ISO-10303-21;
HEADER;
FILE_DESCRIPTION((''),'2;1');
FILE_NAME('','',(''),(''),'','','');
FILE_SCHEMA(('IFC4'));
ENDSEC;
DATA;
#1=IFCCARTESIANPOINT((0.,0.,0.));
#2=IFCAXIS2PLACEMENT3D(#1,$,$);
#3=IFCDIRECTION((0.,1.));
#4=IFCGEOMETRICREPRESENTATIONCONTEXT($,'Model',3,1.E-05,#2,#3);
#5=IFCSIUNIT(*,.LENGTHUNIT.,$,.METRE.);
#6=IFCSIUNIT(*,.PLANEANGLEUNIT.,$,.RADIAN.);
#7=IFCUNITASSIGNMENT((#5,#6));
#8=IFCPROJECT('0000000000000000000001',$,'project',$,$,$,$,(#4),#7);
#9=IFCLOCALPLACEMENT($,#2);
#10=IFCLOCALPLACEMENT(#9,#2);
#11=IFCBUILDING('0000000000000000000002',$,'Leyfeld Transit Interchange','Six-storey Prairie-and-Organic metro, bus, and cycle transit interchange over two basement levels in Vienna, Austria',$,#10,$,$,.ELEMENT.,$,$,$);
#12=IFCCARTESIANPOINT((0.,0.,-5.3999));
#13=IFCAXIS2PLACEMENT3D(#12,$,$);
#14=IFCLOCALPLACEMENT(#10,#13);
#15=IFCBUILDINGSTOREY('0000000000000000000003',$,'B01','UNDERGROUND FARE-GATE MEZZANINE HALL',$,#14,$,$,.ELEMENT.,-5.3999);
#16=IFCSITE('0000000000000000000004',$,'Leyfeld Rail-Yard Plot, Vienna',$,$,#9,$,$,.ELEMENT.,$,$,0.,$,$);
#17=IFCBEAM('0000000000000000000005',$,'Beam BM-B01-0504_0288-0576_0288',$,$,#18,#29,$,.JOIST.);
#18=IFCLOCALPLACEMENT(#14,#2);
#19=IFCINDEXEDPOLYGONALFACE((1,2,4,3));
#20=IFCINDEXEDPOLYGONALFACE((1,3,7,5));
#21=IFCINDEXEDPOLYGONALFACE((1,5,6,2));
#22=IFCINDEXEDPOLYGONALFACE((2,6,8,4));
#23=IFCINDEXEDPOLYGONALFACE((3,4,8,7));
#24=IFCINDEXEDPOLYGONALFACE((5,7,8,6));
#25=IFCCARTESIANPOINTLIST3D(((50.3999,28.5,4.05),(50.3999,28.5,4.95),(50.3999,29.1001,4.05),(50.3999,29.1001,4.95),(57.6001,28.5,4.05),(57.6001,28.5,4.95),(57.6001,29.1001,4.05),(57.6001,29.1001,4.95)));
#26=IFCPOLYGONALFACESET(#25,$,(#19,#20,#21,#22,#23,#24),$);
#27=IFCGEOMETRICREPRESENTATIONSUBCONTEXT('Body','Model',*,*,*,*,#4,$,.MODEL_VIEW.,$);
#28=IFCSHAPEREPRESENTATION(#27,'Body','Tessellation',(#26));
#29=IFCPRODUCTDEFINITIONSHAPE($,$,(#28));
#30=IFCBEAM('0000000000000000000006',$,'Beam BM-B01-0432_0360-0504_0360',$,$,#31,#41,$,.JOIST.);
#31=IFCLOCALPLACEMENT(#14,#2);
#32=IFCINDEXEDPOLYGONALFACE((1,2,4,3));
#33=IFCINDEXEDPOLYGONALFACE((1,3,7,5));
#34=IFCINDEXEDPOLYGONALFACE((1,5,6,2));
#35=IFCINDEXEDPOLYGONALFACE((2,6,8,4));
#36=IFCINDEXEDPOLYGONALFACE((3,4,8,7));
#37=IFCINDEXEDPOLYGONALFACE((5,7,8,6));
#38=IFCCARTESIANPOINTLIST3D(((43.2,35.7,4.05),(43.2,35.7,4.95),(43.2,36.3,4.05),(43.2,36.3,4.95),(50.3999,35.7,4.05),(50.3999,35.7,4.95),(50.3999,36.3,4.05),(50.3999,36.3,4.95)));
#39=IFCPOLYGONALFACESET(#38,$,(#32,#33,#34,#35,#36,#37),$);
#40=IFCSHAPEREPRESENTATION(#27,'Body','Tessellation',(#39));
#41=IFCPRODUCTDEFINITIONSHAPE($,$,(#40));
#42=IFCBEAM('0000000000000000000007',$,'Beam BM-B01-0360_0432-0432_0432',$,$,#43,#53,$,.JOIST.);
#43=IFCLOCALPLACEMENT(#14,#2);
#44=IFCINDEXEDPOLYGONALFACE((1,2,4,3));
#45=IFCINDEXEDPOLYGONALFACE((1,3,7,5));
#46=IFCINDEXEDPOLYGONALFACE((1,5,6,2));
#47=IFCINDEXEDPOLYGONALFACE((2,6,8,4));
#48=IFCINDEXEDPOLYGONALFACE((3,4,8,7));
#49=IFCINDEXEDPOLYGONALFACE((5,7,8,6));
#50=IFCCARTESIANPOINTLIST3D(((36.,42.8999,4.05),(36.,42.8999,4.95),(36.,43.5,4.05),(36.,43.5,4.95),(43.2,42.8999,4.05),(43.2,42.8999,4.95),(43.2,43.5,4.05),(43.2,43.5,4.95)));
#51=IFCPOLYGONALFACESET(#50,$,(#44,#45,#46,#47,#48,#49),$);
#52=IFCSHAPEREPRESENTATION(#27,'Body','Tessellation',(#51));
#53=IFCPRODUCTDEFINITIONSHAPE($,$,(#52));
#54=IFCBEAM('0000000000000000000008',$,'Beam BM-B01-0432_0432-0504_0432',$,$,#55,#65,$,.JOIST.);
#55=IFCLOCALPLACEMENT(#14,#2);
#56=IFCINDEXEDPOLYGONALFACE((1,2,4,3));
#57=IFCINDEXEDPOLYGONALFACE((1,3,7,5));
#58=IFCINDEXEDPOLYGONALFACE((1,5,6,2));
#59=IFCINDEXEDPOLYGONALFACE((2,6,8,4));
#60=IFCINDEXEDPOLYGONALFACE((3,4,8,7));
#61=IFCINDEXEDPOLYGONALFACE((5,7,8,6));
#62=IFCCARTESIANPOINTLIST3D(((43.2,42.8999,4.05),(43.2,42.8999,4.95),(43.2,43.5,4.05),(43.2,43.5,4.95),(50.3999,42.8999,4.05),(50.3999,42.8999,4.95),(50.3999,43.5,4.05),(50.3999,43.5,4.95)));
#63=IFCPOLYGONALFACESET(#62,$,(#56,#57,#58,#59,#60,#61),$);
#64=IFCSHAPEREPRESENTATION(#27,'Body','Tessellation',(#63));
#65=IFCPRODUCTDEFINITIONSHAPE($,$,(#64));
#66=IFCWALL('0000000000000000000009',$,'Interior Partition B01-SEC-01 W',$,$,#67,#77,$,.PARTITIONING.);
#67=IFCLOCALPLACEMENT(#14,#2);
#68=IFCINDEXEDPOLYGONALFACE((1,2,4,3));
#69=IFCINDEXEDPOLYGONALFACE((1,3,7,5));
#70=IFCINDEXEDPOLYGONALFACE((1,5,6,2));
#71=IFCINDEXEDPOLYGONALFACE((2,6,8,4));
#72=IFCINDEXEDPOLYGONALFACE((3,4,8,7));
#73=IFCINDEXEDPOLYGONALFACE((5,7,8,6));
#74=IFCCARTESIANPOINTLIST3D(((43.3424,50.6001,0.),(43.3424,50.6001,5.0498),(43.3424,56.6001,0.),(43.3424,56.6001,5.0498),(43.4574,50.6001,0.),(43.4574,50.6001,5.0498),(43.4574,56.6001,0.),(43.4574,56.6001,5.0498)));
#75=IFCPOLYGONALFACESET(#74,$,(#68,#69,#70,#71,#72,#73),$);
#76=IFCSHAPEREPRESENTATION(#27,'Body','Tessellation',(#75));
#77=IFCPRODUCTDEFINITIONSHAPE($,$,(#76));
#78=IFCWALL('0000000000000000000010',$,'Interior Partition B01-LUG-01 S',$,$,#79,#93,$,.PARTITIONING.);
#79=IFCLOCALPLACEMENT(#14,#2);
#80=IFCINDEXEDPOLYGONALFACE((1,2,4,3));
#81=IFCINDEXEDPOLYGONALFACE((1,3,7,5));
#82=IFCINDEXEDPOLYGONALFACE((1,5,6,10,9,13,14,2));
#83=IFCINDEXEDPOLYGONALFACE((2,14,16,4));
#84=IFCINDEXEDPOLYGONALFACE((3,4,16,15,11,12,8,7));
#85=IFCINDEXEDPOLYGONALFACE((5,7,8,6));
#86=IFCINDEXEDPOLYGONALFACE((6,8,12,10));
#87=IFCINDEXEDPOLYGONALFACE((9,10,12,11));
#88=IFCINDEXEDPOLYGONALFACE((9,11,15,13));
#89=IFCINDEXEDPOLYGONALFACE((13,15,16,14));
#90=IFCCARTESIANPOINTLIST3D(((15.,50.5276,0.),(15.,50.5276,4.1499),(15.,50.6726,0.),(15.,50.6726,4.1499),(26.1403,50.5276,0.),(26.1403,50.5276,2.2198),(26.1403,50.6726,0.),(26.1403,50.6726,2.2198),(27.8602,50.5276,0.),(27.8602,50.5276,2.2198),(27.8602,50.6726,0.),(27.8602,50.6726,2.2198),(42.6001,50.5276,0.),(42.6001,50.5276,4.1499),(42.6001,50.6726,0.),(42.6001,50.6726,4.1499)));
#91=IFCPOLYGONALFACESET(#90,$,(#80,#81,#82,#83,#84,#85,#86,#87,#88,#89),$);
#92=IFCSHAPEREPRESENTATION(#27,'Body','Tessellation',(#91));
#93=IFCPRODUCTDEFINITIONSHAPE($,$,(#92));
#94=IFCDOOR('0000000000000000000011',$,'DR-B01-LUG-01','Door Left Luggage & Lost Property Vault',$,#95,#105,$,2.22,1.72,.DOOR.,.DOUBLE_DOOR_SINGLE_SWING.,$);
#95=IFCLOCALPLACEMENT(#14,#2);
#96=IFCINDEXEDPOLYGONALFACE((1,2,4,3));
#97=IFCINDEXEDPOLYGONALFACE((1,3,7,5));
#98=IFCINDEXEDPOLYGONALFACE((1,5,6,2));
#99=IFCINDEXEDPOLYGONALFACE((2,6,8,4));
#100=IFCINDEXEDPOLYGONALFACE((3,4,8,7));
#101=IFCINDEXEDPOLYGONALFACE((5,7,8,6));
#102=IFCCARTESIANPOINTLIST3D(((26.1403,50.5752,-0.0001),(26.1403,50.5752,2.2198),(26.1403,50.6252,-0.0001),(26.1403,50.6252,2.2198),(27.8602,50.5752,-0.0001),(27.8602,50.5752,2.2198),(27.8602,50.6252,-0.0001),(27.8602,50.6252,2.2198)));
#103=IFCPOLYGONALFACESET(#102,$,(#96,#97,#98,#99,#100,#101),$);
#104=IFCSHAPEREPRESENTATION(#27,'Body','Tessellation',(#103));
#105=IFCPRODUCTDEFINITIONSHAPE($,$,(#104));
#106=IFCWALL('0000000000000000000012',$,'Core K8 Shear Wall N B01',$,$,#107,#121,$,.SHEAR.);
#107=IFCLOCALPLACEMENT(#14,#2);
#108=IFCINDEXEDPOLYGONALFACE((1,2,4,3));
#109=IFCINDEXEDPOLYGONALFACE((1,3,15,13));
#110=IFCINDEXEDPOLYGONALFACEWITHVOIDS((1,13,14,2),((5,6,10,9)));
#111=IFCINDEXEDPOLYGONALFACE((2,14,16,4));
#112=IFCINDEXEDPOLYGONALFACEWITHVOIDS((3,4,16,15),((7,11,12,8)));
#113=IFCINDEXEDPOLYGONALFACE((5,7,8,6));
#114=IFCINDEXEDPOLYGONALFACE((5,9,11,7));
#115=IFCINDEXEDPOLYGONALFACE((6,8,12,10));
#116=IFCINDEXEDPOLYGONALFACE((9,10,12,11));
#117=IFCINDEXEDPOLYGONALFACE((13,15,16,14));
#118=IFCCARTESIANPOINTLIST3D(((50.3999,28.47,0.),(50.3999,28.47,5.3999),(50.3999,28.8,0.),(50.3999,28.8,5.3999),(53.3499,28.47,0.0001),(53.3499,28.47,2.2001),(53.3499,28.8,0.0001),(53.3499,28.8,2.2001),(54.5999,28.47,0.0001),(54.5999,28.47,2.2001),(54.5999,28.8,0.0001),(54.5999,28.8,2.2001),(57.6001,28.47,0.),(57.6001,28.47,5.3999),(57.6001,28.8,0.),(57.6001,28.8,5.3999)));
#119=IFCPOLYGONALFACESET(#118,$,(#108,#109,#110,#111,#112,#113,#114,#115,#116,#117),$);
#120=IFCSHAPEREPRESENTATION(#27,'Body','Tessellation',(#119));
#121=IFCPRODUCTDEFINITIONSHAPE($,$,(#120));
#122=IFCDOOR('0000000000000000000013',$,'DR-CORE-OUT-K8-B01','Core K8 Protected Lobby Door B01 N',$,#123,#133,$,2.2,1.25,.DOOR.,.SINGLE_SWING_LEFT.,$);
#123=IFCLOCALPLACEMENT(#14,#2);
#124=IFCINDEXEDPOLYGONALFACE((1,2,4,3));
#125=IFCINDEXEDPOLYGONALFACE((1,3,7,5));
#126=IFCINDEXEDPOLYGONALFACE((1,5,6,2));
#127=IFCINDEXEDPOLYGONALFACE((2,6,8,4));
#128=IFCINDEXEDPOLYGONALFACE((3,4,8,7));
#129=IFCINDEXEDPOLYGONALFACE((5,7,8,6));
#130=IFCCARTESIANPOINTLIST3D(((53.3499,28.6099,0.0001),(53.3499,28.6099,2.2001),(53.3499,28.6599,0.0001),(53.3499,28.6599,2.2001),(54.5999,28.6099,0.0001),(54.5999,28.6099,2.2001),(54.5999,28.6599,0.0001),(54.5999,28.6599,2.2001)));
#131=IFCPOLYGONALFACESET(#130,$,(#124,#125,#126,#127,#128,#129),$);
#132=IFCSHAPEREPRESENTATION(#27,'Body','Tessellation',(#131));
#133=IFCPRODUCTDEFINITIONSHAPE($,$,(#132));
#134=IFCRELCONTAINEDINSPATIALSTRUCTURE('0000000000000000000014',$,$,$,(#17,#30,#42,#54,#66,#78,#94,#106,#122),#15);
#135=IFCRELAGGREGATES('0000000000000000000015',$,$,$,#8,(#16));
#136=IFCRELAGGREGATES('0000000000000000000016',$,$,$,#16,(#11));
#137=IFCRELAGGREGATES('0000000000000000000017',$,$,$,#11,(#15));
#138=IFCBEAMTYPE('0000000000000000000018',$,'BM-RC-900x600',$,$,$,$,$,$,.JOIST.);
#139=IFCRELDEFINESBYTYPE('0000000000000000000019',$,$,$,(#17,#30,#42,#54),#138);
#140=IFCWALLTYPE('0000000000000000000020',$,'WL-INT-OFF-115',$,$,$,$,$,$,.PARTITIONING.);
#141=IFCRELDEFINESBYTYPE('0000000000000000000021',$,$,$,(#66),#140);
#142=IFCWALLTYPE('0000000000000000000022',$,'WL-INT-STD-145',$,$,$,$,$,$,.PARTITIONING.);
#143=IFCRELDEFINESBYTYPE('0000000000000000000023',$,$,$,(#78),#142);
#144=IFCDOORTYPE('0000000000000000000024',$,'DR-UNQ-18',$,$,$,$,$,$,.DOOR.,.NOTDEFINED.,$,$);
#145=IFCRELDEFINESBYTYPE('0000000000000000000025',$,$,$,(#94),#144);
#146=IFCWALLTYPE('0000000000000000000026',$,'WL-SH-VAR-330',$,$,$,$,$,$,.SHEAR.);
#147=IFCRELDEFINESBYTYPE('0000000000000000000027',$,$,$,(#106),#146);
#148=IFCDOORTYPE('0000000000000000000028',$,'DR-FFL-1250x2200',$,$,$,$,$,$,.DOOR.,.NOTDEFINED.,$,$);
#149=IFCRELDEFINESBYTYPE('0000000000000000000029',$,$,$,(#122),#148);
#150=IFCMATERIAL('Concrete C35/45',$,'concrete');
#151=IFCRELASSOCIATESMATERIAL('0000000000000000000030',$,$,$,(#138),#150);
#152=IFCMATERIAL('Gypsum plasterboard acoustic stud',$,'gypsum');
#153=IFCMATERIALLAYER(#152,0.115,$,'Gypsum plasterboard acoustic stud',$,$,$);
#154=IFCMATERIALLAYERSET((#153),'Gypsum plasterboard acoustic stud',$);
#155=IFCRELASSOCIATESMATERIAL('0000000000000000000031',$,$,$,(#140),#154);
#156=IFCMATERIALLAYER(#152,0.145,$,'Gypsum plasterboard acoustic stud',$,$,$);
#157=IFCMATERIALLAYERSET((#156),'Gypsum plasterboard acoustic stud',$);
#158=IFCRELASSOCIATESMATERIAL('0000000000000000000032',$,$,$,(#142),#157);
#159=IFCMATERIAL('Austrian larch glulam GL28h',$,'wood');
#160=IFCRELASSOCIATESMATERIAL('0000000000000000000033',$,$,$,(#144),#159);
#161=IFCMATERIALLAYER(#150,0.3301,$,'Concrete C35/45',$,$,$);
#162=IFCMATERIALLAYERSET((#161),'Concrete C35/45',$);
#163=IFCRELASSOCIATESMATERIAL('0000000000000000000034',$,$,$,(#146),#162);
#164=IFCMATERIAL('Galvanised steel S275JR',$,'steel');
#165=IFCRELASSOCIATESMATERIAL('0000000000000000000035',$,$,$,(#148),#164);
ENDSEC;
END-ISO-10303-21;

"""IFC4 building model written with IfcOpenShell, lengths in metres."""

from ifc_helpers import new_model, si_unit, direction, frame, frame_2d, origin, origin_2d, place, context, subcontext, project, spatial, rectangle, extrude, material, layer, layer_set, material_profile, profile_set, type_object, element, fill, save


model = new_model("IFC4")

# Units and contexts
model_context = context("Model", 3, precision=1e-05, world=origin(), true_north=direction((0.0, 1.0)))
body_context = subcontext(model_context, "Body", "Model", "MODEL_VIEW")
ifc_project = project(units=[si_unit("LENGTHUNIT", "METRE"), si_unit("PLANEANGLEUNIT", "RADIAN")], contexts=[model_context])

# Site, building, storey
site_placement = place(None, origin())
site = spatial("IfcSite", under=ifc_project, at=site_placement, Name="Leyfeld Rail-Yard Plot, Vienna", CompositionType="ELEMENT", RefElevation=0.0)
building_placement = place(site_placement, origin())
building = spatial("IfcBuilding", under=site, at=building_placement, Name="Leyfeld Transit Interchange", Description="Six-storey Prairie-and-Organic metro, bus, and cycle transit interchange over two basement levels in Vienna, Austria", CompositionType="ELEMENT")
storey_placement = place(building_placement, frame((0.0, 0.0, -5.3999)))
storey = spatial("IfcBuildingStorey", under=building, at=storey_placement, Name="B01", Description="UNDERGROUND FARE-GATE MEZZANINE HALL", CompositionType="ELEMENT", Elevation=-5.3999)

# Shared definitions
ifc_material_1 = material(Name="Concrete C35/45", Category="concrete")

# Beams
ifc_material_profile_1 = material_profile(ifc_material_1, rectangle(XDim=0.6001, YDim=0.8999, at=origin_2d()), Name="RC 900x600")
ifc_profile_set_1 = profile_set([ifc_material_profile_1], Name="Concrete C35/45")
beam_type_1 = type_object("IfcBeamType", Name="BM-RC-900x600", PredefinedType="JOIST", material=ifc_profile_set_1)
beam_1_placement = place(storey_placement, frame((50.3999, 28.8, 4.5), z_axis=(1.0, 0.0, 0.0), x_axis=(0.0, 1.0, 0.0)))
element("IfcBeam", 1, at=beam_1_placement, inside=storey, type_object=beam_type_1, Name="Beam BM-B01-0504_0288-0576_0288", PredefinedType="JOIST", context=body_context, shape_type="SweptSolid", body=[
    extrude(rectangle(XDim=0.6001, YDim=0.8999, at=origin_2d()), origin(), (0.0, 0.0, 1.0), 7.2002),
])
for number, where, z_axis, x_axis, name in (
    (2, (43.2, 36.0, 4.5), (1.0, 0.0, 0.0), (0.0, 1.0, 0.0), "Beam BM-B01-0432_0360-0504_0360"),
    (3, (36.0, 43.2, 4.5), (1.0, 0.0, 0.0), (0.0, 1.0, 0.0), "Beam BM-B01-0360_0432-0432_0432"),
    (4, (43.2, 43.2, 4.5), (1.0, 0.0, 0.0), (0.0, 1.0, 0.0), "Beam BM-B01-0432_0432-0504_0432"),
):
    element("IfcBeam", number, at=place(storey_placement, frame(where, z_axis=z_axis, x_axis=x_axis)), inside=storey, type_object=beam_type_1, Name=name, PredefinedType="JOIST", context=body_context, shape_type="SweptSolid", body=[
        extrude(rectangle(XDim=0.6001, YDim=0.8999, at=origin_2d()), origin(), (0.0, 0.0, 1.0), 7.2),
    ])

# Wall
ifc_material_2 = material(Name="Gypsum plasterboard acoustic stud", Category="gypsum")
ifc_layer_1 = layer(ifc_material_2, 0.115, Name="Gypsum plasterboard acoustic stud")
ifc_layer_set_1 = layer_set([ifc_layer_1], Name="Gypsum plasterboard acoustic stud")
wall_type_1 = type_object("IfcWallType", Name="WL-INT-OFF-115", PredefinedType="PARTITIONING", material=ifc_layer_set_1)
wall_1_placement = place(storey_placement, frame((43.3999, 50.6001, 0.0), z_axis=(0.0, 0.0, 1.0), x_axis=(0.0, 1.0, 0.0)))
element("IfcWall", 5, at=wall_1_placement, inside=storey, type_object=wall_type_1, Name="Interior Partition B01-SEC-01 W", PredefinedType="PARTITIONING", context=body_context, shape_type="SweptSolid", body=[
    extrude(rectangle(XDim=6.0, YDim=0.115, at=frame_2d((3.0, 0.0))), origin(), (0.0, 0.0, 1.0), 5.0498),
])

# Walls, openings, doors
ifc_layer_2 = layer(ifc_material_2, 0.145, Name="Gypsum plasterboard acoustic stud")
ifc_layer_set_2 = layer_set([ifc_layer_2], Name="Gypsum plasterboard acoustic stud")
wall_type_2 = type_object("IfcWallType", Name="WL-INT-STD-145", PredefinedType="PARTITIONING", material=ifc_layer_set_2)
wall_2_placement = place(storey_placement, frame((42.6001, 50.6001, 0.0), z_axis=(0.0, 0.0, 1.0), x_axis=(-1.0, 0.0, 0.0)))
wall_2 = element("IfcWall", 6, at=wall_2_placement, inside=storey, type_object=wall_type_2, Name="Interior Partition B01-LUG-01 S", PredefinedType="PARTITIONING", context=body_context, shape_type="SweptSolid", body=[
    extrude(rectangle(XDim=27.6001, YDim=0.145, at=frame_2d((13.8, 0.0))), origin(), (0.0, 0.0, 1.0), 4.1499),
])
opening_1_placement = place(wall_2_placement, frame((14.74, 0.0, 0.0)))
opening_1 = element("IfcOpeningElement", 7, at=opening_1_placement, cuts=wall_2, PredefinedType="OPENING", context=body_context, shape_type="SweptSolid", body=[
    extrude(rectangle(XDim=1.72, YDim=2.22, at=frame_2d((0.8599, 1.1099))), frame((0.0, 0.0825, 0.0), z_axis=(0.0, -1.0, 0.0), x_axis=(1.0, 0.0, 0.0)), (0.0, 0.0, 1.0), 0.165),
])
ifc_material_3 = material(Name="Austrian larch glulam GL28h", Category="wood")
door_type_1 = type_object("IfcDoorType", Name="DR-UNQ-18", OperationType="NOTDEFINED", PredefinedType="DOOR", material=ifc_material_3)
door_1_placement = place(opening_1_placement, origin())
door_1 = element("IfcDoor", 8, at=door_1_placement, inside=storey, type_object=door_type_1, Name="DR-B01-LUG-01", Description="Door Left Luggage & Lost Property Vault", OperationType="DOUBLE_DOOR_SINGLE_SWING", OverallHeight=2.22, OverallWidth=1.72, PredefinedType="DOOR", context=body_context, shape_type="SweptSolid", body=[
    extrude(rectangle(XDim=1.72, YDim=2.22, at=frame_2d((0.8599, 1.1099))), frame((0.0, 0.0249, 0.0), z_axis=(0.0, -1.0, 0.0), x_axis=(1.0, 0.0, 0.0)), (0.0, 0.0, 1.0), 0.05),
])
fill(opening_1, door_1)
ifc_layer_3 = layer(ifc_material_1, 0.3301, Name="Concrete C35/45")
ifc_layer_set_3 = layer_set([ifc_layer_3], Name="Concrete C35/45")
wall_type_3 = type_object("IfcWallType", Name="WL-SH-VAR-330", PredefinedType="SHEAR", material=ifc_layer_set_3)
wall_3_placement = place(storey_placement, frame((50.3999, 28.635, 0.0), z_axis=(0.0, 0.0, 1.0), x_axis=(1.0, 0.0, 0.0)))
wall_3 = element("IfcWall", 9, at=wall_3_placement, inside=storey, type_object=wall_type_3, Name="Core K8 Shear Wall N B01", PredefinedType="SHEAR", context=body_context, shape_type="SweptSolid", body=[
    extrude(rectangle(XDim=7.2002, YDim=0.3301, at=frame_2d((3.6001, 0.0))), origin(), (0.0, 0.0, 1.0), 5.3999),
])
opening_2_placement = place(wall_3_placement, frame((2.95, 0.0, 0.0)))
opening_2 = element("IfcOpeningElement", 10, at=opening_2_placement, cuts=wall_3, PredefinedType="OPENING", context=body_context, shape_type="SweptSolid", body=[
    extrude(rectangle(XDim=1.25, YDim=2.2, at=frame_2d((0.625, 1.1001))), frame((0.0, 0.175, 0.0), z_axis=(0.0, -1.0, 0.0), x_axis=(1.0, 0.0, 0.0)), (0.0, 0.0, 1.0), 0.3501),
])
ifc_material_4 = material(Name="Galvanised steel S275JR", Category="steel")
door_type_2 = type_object("IfcDoorType", Name="DR-FFL-1250x2200", OperationType="NOTDEFINED", PredefinedType="DOOR", material=ifc_material_4)
door_2_placement = place(opening_2_placement, origin())
door_2 = element("IfcDoor", 11, at=door_2_placement, inside=storey, type_object=door_type_2, Name="DR-CORE-OUT-K8-B01", Description="Core K8 Protected Lobby Door B01 N", OperationType="SINGLE_SWING_LEFT", OverallHeight=2.2, OverallWidth=1.25, PredefinedType="DOOR", context=body_context, shape_type="SweptSolid", body=[
    extrude(rectangle(XDim=1.25, YDim=2.2, at=frame_2d((0.625, 1.1001))), frame((0.0, 0.0249, 0.0), z_axis=(0.0, -1.0, 0.0), x_axis=(1.0, 0.0, 0.0)), (0.0, 0.0, 1.0), 0.05),
])
fill(opening_2, door_2)

save(model, "model.ifc")
